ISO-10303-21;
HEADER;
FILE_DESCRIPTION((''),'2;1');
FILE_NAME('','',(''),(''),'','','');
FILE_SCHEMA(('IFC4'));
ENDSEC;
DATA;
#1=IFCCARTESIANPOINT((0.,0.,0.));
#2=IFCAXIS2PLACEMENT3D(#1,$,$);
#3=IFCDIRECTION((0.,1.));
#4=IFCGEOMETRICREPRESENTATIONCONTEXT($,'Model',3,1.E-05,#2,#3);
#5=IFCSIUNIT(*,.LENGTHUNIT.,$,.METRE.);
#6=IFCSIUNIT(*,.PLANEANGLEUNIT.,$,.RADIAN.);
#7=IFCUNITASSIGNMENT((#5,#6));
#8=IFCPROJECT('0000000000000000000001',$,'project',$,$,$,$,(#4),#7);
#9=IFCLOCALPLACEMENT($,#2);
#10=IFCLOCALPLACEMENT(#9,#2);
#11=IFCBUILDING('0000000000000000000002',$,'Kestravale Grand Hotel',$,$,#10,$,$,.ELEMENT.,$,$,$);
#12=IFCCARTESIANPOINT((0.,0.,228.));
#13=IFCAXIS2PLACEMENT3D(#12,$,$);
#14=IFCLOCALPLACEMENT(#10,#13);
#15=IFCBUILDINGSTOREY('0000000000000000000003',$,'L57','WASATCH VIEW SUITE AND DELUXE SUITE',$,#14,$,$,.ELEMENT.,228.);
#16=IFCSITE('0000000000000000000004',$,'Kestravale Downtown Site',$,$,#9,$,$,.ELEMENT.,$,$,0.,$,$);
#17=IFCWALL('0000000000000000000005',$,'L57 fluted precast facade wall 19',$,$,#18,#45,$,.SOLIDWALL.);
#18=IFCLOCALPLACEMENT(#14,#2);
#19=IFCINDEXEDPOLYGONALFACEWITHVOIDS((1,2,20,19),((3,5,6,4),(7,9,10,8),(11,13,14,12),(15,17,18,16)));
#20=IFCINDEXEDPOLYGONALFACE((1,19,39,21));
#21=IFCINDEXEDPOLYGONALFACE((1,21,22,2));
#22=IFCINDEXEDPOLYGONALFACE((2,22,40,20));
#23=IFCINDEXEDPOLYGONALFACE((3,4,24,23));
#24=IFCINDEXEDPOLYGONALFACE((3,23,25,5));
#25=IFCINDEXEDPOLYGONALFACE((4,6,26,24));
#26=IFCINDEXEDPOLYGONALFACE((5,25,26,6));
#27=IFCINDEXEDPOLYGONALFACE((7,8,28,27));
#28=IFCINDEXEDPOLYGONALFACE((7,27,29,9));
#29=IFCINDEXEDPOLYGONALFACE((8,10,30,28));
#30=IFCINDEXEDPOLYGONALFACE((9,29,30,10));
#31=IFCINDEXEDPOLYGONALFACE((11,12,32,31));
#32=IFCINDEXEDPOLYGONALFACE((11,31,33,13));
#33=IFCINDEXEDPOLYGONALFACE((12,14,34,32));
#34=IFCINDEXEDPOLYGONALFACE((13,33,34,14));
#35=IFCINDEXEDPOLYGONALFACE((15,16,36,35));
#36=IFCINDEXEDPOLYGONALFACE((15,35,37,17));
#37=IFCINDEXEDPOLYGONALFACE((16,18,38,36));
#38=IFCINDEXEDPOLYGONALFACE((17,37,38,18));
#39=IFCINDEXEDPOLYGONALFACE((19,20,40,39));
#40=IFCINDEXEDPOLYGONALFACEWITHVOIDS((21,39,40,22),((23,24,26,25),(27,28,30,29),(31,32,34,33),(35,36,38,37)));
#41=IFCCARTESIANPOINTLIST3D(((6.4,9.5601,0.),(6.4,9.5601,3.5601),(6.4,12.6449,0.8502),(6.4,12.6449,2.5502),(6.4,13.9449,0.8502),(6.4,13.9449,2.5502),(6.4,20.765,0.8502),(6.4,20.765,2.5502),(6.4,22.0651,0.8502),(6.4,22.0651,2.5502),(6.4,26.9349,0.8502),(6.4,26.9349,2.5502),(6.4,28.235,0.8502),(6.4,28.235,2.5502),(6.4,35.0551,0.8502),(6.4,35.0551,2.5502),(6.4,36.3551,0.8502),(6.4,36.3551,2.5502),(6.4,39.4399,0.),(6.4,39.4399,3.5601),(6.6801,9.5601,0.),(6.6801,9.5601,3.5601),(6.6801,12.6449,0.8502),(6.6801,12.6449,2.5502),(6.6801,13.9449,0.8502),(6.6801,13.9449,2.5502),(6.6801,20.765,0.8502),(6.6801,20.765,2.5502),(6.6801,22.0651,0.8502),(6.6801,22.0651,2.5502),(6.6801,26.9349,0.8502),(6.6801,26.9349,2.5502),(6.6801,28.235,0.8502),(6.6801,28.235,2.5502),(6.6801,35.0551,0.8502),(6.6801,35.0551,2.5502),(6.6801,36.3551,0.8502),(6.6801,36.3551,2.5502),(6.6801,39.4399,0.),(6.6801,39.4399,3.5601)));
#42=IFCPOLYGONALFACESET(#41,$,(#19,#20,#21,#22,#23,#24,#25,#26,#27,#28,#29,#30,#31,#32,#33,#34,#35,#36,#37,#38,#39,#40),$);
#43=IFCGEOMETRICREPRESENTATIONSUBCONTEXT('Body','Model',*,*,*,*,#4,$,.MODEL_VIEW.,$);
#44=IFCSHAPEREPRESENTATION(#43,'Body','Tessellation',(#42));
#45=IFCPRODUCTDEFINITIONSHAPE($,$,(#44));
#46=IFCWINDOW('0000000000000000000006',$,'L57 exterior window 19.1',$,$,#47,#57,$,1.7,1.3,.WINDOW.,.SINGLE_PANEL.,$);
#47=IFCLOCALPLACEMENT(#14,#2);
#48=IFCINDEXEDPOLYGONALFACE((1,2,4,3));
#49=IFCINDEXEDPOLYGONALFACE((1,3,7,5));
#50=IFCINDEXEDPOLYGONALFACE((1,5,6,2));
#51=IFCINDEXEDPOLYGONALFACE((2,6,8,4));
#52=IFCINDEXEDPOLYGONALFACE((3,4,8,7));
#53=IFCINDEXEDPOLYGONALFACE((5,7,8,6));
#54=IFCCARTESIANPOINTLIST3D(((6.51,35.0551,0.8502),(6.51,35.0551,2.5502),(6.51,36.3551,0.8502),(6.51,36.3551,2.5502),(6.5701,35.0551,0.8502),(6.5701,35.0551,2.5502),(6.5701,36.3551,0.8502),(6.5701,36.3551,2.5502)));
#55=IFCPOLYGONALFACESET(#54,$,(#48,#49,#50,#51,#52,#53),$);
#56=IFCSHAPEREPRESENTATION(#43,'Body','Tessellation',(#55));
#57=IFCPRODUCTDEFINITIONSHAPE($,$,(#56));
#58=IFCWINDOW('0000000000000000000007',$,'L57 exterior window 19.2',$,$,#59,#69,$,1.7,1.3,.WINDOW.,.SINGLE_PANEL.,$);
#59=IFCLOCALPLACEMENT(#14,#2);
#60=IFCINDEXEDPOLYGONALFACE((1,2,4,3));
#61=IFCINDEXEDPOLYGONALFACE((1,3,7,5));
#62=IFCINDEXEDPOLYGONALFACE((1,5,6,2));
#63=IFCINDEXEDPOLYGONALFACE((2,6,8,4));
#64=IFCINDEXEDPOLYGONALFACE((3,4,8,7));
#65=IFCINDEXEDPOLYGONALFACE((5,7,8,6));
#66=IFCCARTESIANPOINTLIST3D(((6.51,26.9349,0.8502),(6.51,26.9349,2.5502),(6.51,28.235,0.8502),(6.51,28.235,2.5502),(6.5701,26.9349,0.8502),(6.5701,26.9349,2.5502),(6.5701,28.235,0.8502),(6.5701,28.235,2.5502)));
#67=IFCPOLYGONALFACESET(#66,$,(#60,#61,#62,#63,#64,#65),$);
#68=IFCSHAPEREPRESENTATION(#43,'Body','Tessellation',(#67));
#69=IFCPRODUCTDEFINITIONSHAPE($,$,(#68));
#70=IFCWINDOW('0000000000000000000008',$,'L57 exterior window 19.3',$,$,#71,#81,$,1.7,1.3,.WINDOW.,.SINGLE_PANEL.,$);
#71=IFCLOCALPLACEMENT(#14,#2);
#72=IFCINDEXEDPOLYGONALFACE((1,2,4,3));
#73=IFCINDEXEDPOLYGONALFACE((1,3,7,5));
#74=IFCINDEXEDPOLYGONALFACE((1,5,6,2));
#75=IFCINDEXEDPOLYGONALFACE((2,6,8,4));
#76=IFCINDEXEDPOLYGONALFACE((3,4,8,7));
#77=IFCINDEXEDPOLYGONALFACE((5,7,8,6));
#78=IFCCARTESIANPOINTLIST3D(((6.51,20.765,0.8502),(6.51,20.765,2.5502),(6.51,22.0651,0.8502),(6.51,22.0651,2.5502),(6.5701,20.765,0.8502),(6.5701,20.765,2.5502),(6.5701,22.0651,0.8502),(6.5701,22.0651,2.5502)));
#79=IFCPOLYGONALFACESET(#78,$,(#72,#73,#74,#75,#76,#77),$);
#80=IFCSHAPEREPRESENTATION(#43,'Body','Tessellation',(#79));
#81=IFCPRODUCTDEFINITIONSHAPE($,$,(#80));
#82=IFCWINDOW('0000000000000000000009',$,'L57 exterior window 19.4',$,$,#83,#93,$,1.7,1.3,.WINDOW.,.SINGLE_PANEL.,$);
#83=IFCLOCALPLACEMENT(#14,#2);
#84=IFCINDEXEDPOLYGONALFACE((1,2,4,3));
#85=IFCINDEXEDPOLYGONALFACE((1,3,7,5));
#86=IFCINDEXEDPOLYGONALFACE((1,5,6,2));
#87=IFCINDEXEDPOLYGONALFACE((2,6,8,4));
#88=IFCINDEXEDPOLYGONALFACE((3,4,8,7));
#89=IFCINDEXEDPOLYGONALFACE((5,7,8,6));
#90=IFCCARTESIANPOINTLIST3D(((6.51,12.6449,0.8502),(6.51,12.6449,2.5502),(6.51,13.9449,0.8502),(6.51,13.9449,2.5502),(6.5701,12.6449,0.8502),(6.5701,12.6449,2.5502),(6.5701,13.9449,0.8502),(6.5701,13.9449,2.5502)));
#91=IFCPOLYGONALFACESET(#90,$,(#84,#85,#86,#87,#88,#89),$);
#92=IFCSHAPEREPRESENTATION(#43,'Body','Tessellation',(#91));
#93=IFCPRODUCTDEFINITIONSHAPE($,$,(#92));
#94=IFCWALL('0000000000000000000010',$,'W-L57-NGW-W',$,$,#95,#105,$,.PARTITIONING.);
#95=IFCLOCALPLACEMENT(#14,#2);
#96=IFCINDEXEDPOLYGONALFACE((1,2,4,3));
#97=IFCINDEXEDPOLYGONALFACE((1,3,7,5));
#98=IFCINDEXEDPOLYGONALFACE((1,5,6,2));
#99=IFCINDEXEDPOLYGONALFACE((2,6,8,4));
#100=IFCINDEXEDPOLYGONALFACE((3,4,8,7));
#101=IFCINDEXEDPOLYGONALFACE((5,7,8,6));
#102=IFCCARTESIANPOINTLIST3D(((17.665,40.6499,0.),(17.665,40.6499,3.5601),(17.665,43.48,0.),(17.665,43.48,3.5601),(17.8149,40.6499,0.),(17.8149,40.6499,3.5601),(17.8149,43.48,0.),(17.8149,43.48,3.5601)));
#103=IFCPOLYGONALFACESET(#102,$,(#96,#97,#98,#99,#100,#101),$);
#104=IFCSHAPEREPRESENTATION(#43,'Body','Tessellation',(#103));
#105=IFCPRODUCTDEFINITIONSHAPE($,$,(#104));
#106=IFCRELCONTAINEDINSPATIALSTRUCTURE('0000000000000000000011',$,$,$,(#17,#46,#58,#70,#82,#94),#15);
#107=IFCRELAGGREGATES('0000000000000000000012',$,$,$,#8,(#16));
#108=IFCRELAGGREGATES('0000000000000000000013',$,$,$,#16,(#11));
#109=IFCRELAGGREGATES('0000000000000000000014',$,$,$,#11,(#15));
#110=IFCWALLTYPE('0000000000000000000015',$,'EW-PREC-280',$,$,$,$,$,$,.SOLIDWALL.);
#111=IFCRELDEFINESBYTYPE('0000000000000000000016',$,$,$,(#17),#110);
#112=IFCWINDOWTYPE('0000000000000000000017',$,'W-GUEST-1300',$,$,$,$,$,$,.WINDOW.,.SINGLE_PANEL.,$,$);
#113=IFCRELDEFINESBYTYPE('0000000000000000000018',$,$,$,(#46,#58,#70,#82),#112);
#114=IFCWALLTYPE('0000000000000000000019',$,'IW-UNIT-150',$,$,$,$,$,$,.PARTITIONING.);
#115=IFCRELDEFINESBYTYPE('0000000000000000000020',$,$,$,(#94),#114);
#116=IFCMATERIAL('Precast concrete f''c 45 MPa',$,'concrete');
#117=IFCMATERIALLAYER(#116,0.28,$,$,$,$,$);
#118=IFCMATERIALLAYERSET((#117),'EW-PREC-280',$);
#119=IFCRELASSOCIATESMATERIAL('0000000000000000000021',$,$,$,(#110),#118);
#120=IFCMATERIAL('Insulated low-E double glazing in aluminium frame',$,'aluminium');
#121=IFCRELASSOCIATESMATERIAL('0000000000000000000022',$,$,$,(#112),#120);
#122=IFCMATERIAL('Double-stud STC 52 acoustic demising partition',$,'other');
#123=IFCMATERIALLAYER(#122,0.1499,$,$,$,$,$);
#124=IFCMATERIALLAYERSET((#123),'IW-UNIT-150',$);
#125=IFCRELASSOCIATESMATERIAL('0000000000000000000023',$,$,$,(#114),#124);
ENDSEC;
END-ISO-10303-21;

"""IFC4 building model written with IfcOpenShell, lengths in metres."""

from ifc_helpers import new_model, si_unit, direction, frame, frame_2d, origin, place, context, subcontext, project, spatial, rectangle, extrude, material, layer, layer_set, type_object, element, fill, save


model = new_model("IFC4")

# Units and contexts
model_context = context("Model", 3, precision=1e-05, world=origin(), true_north=direction((0.0, 1.0)))
body_context = subcontext(model_context, "Body", "Model", "MODEL_VIEW")
ifc_project = project(units=[si_unit("LENGTHUNIT", "METRE"), si_unit("PLANEANGLEUNIT", "RADIAN")], contexts=[model_context])

# Site, building, storey
site_placement = place(None, origin())
site = spatial("IfcSite", under=ifc_project, at=site_placement, Name="Kestravale Downtown Site", CompositionType="ELEMENT", RefElevation=0.0)
building_placement = place(site_placement, origin())
building = spatial("IfcBuilding", under=site, at=building_placement, Name="Kestravale Grand Hotel", CompositionType="ELEMENT")
storey_placement = place(building_placement, frame((0.0, 0.0, 228.0)))
storey = spatial("IfcBuildingStorey", under=building, at=storey_placement, Name="L57", Description="WASATCH VIEW SUITE AND DELUXE SUITE", CompositionType="ELEMENT", Elevation=228.0)

# Wall, openings, windows
ifc_material_1 = material(Name="Precast concrete f'c 45 MPa", Category="concrete")
ifc_layer_1 = layer(ifc_material_1, 0.28)
ifc_layer_set_1 = layer_set([ifc_layer_1], Name="EW-PREC-280")
wall_type_1 = type_object("IfcWallType", Name="EW-PREC-280", PredefinedType="SOLIDWALL", material=ifc_layer_set_1)
wall_1_placement = place(storey_placement, frame((6.54, 39.4399, 0.0), z_axis=(0.0, 0.0, 1.0), x_axis=(0.0, -1.0, 0.0)))
wall_1 = element("IfcWall", 1, at=wall_1_placement, inside=storey, type_object=wall_type_1, Name="L57 fluted precast facade wall 19", PredefinedType="SOLIDWALL", context=body_context, shape_type="SweptSolid", body=[
    extrude(rectangle(XDim=29.8799, YDim=0.28, at=frame_2d((14.9399, 0.0))), origin(), (0.0, 0.0, 1.0), 3.5601),
])
opening_1_placement = place(wall_1_placement, frame((3.085, 0.0, 0.8501)))
opening_1 = element("IfcOpeningElement", 2, at=opening_1_placement, cuts=wall_1, PredefinedType="OPENING", context=body_context, shape_type="SweptSolid", body=[
    extrude(rectangle(XDim=1.3, YDim=1.7, at=frame_2d((0.6499, 0.8501))), frame((0.0, 0.1499, 0.0), z_axis=(0.0, -1.0, 0.0), x_axis=(1.0, 0.0, 0.0)), (0.0, 0.0, 1.0), 0.3),
])
opening_2_placement = place(wall_1_placement, frame((11.2051, 0.0, 0.8501)))
opening_2 = element("IfcOpeningElement", 3, at=opening_2_placement, cuts=wall_1, PredefinedType="OPENING", context=body_context, shape_type="SweptSolid", body=[
    extrude(rectangle(XDim=1.3, YDim=1.7, at=frame_2d((0.6499, 0.8501))), frame((0.0, 0.1499, 0.0), z_axis=(0.0, -1.0, 0.0), x_axis=(1.0, 0.0, 0.0)), (0.0, 0.0, 1.0), 0.3),
])
opening_3_placement = place(wall_1_placement, frame((17.375, 0.0, 0.8501)))
opening_3 = element("IfcOpeningElement", 4, at=opening_3_placement, cuts=wall_1, PredefinedType="OPENING", context=body_context, shape_type="SweptSolid", body=[
    extrude(rectangle(XDim=1.3, YDim=1.7, at=frame_2d((0.6499, 0.8501))), frame((0.0, 0.1499, 0.0), z_axis=(0.0, -1.0, 0.0), x_axis=(1.0, 0.0, 0.0)), (0.0, 0.0, 1.0), 0.3),
])
opening_4_placement = place(wall_1_placement, frame((25.4951, 0.0, 0.8501)))
opening_4 = element("IfcOpeningElement", 5, at=opening_4_placement, cuts=wall_1, PredefinedType="OPENING", context=body_context, shape_type="SweptSolid", body=[
    extrude(rectangle(XDim=1.3, YDim=1.7, at=frame_2d((0.6499, 0.8501))), frame((0.0, 0.1499, 0.0), z_axis=(0.0, -1.0, 0.0), x_axis=(1.0, 0.0, 0.0)), (0.0, 0.0, 1.0), 0.3),
])
ifc_material_2 = material(Name="Insulated low-E double glazing in aluminium frame", Category="aluminium")
window_type = type_object("IfcWindowType", Name="W-GUEST-1300", PartitioningType="SINGLE_PANEL", PredefinedType="WINDOW", material=ifc_material_2)
window_1_placement = place(opening_1_placement, origin())
window_1 = element("IfcWindow", 6, at=window_1_placement, inside=storey, type_object=window_type, Name="L57 exterior window 19.1", OverallHeight=1.7, OverallWidth=1.3, PartitioningType="SINGLE_PANEL", PredefinedType="WINDOW", context=body_context, shape_type="SweptSolid", body=[
    extrude(rectangle(XDim=1.3, YDim=1.7, at=frame_2d((0.6499, 0.8501))), frame((0.0, 0.03, 0.0), z_axis=(0.0, -1.0, 0.0), x_axis=(1.0, 0.0, 0.0)), (0.0, 0.0, 1.0), 0.0601),
])
fill(opening_1, window_1)
window_2_placement = place(opening_2_placement, origin())
window_2 = element("IfcWindow", 7, at=window_2_placement, inside=storey, type_object=window_type, Name="L57 exterior window 19.2", OverallHeight=1.7, OverallWidth=1.3, PartitioningType="SINGLE_PANEL", PredefinedType="WINDOW", context=body_context, shape_type="SweptSolid", body=[
    extrude(rectangle(XDim=1.3, YDim=1.7, at=frame_2d((0.6499, 0.8501))), frame((0.0, 0.03, 0.0), z_axis=(0.0, -1.0, 0.0), x_axis=(1.0, 0.0, 0.0)), (0.0, 0.0, 1.0), 0.0601),
])
fill(opening_2, window_2)
window_3_placement = place(opening_3_placement, origin())
window_3 = element("IfcWindow", 8, at=window_3_placement, inside=storey, type_object=window_type, Name="L57 exterior window 19.3", OverallHeight=1.7, OverallWidth=1.3, PartitioningType="SINGLE_PANEL", PredefinedType="WINDOW", context=body_context, shape_type="SweptSolid", body=[
    extrude(rectangle(XDim=1.3, YDim=1.7, at=frame_2d((0.6499, 0.8501))), frame((0.0, 0.03, 0.0), z_axis=(0.0, -1.0, 0.0), x_axis=(1.0, 0.0, 0.0)), (0.0, 0.0, 1.0), 0.0601),
])
fill(opening_3, window_3)
window_4_placement = place(opening_4_placement, origin())
window_4 = element("IfcWindow", 9, at=window_4_placement, inside=storey, type_object=window_type, Name="L57 exterior window 19.4", OverallHeight=1.7, OverallWidth=1.3, PartitioningType="SINGLE_PANEL", PredefinedType="WINDOW", context=body_context, shape_type="SweptSolid", body=[
    extrude(rectangle(XDim=1.3, YDim=1.7, at=frame_2d((0.6499, 0.8501))), frame((0.0, 0.03, 0.0), z_axis=(0.0, -1.0, 0.0), x_axis=(1.0, 0.0, 0.0)), (0.0, 0.0, 1.0), 0.0601),
])
fill(opening_4, window_4)

# Shared definitions
ifc_material_3 = material(Name="Double-stud STC 52 acoustic demising partition", Category="other")
ifc_layer_2 = layer(ifc_material_3, 0.1499)
ifc_layer_set_2 = layer_set([ifc_layer_2], Name="IW-UNIT-150")
wall_type_2 = type_object("IfcWallType", Name="IW-UNIT-150", PredefinedType="PARTITIONING", material=ifc_layer_set_2)

# Wall
wall_2_placement = place(storey_placement, frame((17.74, 40.6499, 0.0), z_axis=(0.0, 0.0, 1.0), x_axis=(0.0, 1.0, 0.0)))
element("IfcWall", 10, at=wall_2_placement, inside=storey, type_object=wall_type_2, Name="W-L57-NGW-W", PredefinedType="PARTITIONING", context=body_context, shape_type="SweptSolid", body=[
    extrude(rectangle(XDim=2.8301, YDim=0.1499, at=frame_2d((1.415, 0.0))), origin(), (0.0, 0.0, 1.0), 3.5601),
])

save(model, "model.ifc")
